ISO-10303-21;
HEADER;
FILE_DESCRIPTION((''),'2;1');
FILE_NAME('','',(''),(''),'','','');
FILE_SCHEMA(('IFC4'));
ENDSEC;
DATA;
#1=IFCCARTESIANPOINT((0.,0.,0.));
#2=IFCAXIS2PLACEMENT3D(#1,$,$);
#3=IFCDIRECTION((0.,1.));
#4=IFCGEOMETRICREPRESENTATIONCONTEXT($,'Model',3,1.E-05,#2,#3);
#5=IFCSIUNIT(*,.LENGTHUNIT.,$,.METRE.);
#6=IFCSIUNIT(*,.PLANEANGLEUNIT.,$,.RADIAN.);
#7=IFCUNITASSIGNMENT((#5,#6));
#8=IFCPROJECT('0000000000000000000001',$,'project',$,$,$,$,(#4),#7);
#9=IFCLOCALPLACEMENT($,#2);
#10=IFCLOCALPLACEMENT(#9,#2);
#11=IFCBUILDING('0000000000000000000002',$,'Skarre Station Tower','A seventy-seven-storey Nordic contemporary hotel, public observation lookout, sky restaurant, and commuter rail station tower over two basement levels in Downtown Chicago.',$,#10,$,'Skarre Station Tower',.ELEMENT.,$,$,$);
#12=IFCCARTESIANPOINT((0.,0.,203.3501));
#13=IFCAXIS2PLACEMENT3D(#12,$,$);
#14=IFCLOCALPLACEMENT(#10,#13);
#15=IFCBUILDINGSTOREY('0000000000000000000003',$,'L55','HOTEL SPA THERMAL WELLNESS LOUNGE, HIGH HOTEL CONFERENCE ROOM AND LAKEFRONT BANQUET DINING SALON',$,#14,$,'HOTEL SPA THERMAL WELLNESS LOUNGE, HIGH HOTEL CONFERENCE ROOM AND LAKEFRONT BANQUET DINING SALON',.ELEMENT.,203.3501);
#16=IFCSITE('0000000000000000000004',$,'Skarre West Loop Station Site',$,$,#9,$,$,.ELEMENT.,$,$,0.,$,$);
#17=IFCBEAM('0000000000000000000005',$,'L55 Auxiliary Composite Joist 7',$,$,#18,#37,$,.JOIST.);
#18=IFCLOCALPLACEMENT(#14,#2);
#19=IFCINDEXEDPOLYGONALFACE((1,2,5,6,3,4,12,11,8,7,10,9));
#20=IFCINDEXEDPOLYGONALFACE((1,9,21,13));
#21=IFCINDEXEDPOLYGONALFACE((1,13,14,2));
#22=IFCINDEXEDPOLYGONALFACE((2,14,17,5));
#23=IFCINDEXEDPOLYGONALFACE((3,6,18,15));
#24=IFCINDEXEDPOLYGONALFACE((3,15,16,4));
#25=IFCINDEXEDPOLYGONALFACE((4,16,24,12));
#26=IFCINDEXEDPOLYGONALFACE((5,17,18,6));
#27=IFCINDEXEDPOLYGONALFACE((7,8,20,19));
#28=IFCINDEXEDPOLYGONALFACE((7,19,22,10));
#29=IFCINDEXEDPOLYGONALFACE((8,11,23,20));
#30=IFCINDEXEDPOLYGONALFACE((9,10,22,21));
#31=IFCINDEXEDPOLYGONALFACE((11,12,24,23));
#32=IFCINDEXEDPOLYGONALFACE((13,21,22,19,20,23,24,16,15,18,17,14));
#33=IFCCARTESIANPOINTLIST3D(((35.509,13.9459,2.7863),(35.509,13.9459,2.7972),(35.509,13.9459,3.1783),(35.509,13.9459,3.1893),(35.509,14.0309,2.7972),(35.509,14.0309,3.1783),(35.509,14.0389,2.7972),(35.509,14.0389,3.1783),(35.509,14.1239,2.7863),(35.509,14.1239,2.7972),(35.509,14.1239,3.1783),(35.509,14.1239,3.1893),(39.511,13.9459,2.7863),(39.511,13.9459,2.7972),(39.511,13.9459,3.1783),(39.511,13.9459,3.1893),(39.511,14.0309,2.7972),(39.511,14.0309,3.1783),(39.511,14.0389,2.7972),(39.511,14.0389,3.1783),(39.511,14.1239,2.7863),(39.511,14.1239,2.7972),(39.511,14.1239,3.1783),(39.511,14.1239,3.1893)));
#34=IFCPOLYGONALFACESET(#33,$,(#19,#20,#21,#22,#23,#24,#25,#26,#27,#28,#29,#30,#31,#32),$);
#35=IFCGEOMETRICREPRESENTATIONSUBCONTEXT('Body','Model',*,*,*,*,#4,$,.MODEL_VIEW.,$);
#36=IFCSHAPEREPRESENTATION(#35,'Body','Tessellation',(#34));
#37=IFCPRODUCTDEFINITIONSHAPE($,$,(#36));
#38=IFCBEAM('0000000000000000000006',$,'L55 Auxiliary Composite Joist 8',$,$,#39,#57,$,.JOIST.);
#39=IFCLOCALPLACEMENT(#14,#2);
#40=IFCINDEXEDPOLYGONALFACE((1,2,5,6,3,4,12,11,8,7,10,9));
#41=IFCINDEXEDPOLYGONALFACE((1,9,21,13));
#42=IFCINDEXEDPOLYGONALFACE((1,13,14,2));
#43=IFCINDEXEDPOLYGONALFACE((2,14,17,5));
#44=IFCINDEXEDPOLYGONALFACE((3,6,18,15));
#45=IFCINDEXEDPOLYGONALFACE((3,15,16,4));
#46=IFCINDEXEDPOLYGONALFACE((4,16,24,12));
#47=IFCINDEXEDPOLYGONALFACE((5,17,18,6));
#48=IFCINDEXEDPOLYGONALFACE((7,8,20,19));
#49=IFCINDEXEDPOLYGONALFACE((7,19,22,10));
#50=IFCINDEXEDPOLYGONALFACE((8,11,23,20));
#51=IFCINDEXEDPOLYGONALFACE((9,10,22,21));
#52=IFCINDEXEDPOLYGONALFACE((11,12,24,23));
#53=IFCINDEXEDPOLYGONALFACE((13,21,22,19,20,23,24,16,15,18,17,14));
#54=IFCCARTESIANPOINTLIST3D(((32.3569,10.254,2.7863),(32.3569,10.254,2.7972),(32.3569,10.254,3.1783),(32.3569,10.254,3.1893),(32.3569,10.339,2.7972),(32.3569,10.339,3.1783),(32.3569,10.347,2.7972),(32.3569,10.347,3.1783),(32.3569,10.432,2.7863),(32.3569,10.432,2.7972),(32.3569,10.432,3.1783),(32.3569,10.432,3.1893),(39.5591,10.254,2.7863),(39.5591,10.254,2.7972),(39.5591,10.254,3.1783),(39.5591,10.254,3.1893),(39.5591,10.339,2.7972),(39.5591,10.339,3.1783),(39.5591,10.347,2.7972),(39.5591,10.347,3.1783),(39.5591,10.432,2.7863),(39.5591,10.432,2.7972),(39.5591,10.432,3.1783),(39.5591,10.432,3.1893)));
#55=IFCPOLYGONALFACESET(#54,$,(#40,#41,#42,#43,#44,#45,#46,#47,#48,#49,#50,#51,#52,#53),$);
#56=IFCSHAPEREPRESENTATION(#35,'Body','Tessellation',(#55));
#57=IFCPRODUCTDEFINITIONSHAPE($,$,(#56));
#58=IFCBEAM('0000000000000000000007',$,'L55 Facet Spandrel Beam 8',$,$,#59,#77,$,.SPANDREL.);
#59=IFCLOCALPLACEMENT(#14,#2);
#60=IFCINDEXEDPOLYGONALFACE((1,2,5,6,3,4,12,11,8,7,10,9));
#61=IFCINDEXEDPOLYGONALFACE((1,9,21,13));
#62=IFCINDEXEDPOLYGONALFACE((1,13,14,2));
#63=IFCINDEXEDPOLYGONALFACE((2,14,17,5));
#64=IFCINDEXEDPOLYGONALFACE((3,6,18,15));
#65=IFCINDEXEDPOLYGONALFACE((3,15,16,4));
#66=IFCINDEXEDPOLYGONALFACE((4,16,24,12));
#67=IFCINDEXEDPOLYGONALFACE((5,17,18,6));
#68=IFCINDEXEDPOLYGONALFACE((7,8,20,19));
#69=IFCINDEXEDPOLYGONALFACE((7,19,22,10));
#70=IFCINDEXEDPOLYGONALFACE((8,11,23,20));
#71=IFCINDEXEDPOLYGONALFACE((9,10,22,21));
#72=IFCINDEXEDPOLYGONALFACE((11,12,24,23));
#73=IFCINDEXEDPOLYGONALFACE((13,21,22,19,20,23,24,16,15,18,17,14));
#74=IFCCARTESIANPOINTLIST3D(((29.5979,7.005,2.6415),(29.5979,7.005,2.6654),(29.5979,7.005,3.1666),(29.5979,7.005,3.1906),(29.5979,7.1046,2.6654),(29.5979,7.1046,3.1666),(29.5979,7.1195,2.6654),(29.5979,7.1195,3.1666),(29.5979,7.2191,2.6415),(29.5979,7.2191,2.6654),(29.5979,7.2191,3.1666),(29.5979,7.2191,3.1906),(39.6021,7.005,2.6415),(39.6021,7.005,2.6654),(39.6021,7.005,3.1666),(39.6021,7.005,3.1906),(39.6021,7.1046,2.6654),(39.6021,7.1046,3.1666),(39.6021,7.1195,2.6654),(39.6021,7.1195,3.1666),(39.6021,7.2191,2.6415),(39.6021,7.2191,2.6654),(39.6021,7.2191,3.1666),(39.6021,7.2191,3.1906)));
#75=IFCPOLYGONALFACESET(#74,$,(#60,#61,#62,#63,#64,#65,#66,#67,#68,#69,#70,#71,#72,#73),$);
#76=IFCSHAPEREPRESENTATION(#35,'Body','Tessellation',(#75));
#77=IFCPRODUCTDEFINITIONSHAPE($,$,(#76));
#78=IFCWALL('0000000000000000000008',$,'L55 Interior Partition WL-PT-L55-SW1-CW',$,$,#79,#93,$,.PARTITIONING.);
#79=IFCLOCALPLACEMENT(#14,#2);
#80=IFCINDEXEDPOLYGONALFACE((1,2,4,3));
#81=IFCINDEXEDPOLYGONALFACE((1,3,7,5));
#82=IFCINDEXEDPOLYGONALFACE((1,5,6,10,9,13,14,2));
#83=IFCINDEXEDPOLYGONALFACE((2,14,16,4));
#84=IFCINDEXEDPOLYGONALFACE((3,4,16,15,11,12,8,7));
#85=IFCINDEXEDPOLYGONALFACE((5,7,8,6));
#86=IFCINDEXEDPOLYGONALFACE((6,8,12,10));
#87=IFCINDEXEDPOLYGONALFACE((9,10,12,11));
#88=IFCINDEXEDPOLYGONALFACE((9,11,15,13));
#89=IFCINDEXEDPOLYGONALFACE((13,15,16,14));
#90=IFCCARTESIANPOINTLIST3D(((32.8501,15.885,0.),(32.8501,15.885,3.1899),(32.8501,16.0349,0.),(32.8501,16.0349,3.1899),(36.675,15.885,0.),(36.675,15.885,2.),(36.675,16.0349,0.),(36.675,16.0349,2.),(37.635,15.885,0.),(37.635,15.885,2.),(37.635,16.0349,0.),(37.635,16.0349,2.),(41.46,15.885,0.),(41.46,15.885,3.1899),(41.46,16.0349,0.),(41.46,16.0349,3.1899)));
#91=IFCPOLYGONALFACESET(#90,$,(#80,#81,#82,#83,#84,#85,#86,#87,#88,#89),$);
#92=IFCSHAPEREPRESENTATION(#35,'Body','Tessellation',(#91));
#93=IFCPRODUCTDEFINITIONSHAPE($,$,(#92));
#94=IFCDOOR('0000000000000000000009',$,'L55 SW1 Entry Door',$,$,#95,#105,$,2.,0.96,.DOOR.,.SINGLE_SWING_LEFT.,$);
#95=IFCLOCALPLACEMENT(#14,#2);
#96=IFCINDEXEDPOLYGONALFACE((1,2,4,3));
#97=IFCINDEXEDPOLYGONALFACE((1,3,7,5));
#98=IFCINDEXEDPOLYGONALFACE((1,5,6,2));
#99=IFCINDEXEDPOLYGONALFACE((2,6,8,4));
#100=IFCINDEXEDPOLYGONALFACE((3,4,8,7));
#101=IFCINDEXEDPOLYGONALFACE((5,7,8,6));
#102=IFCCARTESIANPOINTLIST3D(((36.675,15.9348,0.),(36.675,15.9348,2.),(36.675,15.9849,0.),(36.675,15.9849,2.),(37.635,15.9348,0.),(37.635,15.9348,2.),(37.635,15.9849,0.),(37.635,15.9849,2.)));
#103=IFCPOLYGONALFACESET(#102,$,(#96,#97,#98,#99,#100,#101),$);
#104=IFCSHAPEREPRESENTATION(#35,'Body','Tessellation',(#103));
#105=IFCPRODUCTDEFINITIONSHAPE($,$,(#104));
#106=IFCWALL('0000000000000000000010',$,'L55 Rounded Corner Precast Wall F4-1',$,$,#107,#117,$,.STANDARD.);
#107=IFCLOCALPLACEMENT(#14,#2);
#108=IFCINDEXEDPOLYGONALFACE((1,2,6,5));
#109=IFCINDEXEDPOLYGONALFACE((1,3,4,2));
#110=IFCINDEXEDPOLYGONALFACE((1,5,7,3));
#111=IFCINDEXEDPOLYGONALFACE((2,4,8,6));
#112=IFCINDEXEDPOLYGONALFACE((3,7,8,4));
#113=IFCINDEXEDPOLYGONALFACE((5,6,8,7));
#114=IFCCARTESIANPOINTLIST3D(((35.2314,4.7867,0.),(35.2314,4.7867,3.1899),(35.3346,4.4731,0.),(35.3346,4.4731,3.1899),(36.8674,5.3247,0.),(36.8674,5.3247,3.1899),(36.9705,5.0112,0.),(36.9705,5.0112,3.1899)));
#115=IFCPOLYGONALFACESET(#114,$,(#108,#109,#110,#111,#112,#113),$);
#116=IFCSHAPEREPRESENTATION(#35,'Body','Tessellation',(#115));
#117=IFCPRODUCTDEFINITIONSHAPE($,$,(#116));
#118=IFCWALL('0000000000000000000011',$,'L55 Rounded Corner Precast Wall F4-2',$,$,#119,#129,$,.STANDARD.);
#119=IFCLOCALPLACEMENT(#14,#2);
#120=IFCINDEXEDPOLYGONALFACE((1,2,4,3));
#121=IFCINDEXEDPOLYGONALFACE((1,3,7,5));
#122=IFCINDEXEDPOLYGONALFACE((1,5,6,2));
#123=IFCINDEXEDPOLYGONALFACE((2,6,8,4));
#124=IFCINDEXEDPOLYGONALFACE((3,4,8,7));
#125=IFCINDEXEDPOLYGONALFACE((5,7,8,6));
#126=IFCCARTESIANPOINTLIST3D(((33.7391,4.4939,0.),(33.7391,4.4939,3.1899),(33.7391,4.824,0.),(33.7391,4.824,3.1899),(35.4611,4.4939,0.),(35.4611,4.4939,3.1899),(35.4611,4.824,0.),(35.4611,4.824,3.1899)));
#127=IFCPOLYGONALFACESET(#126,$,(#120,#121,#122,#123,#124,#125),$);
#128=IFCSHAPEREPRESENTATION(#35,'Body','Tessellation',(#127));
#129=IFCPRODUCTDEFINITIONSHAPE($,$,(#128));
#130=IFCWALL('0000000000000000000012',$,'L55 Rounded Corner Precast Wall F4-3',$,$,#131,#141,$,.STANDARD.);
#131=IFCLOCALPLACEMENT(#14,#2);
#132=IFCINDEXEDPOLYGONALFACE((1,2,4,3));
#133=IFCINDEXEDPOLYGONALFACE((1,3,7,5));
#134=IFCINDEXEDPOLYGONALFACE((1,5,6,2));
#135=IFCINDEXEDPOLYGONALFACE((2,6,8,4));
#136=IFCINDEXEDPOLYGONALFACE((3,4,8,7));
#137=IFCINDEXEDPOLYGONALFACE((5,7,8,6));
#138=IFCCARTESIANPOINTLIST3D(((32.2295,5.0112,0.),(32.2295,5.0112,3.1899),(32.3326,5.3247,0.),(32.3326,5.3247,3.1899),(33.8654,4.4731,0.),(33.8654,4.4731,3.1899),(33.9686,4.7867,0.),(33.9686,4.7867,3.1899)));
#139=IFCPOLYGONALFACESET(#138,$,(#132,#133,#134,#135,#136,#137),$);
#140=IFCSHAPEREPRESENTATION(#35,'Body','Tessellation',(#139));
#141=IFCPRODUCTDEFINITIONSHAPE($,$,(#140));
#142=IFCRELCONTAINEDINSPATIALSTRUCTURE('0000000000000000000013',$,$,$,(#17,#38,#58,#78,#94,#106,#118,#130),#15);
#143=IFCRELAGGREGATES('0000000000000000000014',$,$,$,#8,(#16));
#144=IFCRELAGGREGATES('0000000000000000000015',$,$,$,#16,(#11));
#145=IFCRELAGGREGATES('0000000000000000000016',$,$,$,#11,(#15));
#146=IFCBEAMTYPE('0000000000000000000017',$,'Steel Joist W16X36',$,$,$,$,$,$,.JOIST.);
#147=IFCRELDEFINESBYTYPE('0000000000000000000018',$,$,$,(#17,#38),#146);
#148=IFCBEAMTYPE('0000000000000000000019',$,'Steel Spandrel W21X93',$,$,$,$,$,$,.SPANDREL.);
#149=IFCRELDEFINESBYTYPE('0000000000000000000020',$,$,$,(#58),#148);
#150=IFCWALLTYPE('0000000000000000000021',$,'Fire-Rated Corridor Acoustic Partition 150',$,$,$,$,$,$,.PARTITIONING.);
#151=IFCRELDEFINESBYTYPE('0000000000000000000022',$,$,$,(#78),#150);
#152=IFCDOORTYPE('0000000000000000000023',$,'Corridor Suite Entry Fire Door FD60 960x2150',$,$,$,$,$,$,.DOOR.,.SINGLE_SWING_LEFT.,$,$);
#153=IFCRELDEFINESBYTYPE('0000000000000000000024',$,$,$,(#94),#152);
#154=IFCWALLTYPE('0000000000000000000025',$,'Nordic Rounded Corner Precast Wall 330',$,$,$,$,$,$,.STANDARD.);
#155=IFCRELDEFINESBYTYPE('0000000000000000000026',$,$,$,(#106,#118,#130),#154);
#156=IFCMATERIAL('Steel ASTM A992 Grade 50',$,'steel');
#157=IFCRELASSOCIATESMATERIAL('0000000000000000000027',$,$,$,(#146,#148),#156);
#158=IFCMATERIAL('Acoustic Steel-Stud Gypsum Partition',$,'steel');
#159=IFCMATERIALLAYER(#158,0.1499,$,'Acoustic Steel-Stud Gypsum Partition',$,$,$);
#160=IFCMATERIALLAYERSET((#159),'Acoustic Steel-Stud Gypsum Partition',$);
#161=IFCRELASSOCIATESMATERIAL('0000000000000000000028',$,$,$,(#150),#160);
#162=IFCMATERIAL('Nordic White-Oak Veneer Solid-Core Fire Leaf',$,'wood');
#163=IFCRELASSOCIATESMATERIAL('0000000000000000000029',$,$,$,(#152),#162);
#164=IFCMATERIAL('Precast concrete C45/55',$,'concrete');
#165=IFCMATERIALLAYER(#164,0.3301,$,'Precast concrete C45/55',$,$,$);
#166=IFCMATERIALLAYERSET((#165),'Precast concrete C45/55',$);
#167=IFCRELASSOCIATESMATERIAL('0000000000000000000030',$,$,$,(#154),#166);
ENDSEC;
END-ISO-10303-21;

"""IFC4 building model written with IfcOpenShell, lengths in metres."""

from ifc_helpers import new_model, si_unit, direction, frame, frame_2d, origin, origin_2d, place, context, subcontext, project, spatial, rectangle, i_section, extrude, material, layer, layer_set, material_profile, profile_set, type_object, element, fill, save


model = new_model("IFC4")

# Units and contexts
model_context = context("Model", 3, precision=1e-05, world=origin(), true_north=direction((0.0, 1.0)))
body_context = subcontext(model_context, "Body", "Model", "MODEL_VIEW")
ifc_project = project(units=[si_unit("LENGTHUNIT", "METRE"), si_unit("PLANEANGLEUNIT", "RADIAN")], contexts=[model_context])

# Site, building, storey
site_placement = place(None, origin())
site = spatial("IfcSite", under=ifc_project, at=site_placement, Name="Skarre West Loop Station Site", CompositionType="ELEMENT", RefElevation=0.0)
building_placement = place(site_placement, origin())
building = spatial("IfcBuilding", under=site, at=building_placement, Name="Skarre Station Tower", Description="A seventy-seven-storey Nordic contemporary hotel, public observation lookout, sky restaurant, and commuter rail station tower over two basement levels in Downtown Chicago.", LongName="Skarre Station Tower", CompositionType="ELEMENT")
storey_placement = place(building_placement, frame((0.0, 0.0, 203.3501)))
storey = spatial("IfcBuildingStorey", under=building, at=storey_placement, Name="L55", Description="HOTEL SPA THERMAL WELLNESS LOUNGE, HIGH HOTEL CONFERENCE ROOM AND LAKEFRONT BANQUET DINING SALON", LongName="HOTEL SPA THERMAL WELLNESS LOUNGE, HIGH HOTEL CONFERENCE ROOM AND LAKEFRONT BANQUET DINING SALON", CompositionType="ELEMENT", Elevation=203.3501)

# Beams
ifc_material_1 = material(Name="Steel ASTM A992 Grade 50", Category="steel")
ifc_material_profile_1 = material_profile(ifc_material_1, i_section(OverallWidth=0.178, OverallDepth=0.4031, WebThickness=0.0081, FlangeThickness=0.011, at=origin_2d()), Name="Steel ASTM A992 Grade 50")
ifc_profile_set_1 = profile_set([ifc_material_profile_1], Name="Steel ASTM A992 Grade 50")
beam_type_1 = type_object("IfcBeamType", Name="Steel Joist W16X36", PredefinedType="JOIST", material=ifc_profile_set_1)
beam_1_placement = place(storey_placement, frame((35.509, 14.0349, 2.9878), z_axis=(1.0, 0.0, 0.0), x_axis=(0.0, 1.0, 0.0)))
element("IfcBeam", 1, at=beam_1_placement, inside=storey, type_object=beam_type_1, Name="L55 Auxiliary Composite Joist 7", PredefinedType="JOIST", context=body_context, shape_type="SweptSolid", body=[
    extrude(i_section(OverallWidth=0.178, OverallDepth=0.4031, WebThickness=0.0081, FlangeThickness=0.011, at=origin_2d()), origin(), (0.0, 0.0, 1.0), 4.002),
])
beam_2_placement = place(storey_placement, frame((32.3569, 10.343, 2.9878), z_axis=(1.0, 0.0, 0.0), x_axis=(0.0, 1.0, 0.0)))
element("IfcBeam", 2, at=beam_2_placement, inside=storey, type_object=beam_type_1, Name="L55 Auxiliary Composite Joist 8", PredefinedType="JOIST", context=body_context, shape_type="SweptSolid", body=[
    extrude(i_section(OverallWidth=0.178, OverallDepth=0.4031, WebThickness=0.0081, FlangeThickness=0.011, at=origin_2d()), origin(), (0.0, 0.0, 1.0), 7.2021),
])
ifc_material_profile_2 = material_profile(ifc_material_1, i_section(OverallWidth=0.2141, OverallDepth=0.5491, WebThickness=0.0149, FlangeThickness=0.0239, at=origin_2d()), Name="Steel ASTM A992 Grade 50")
ifc_profile_set_2 = profile_set([ifc_material_profile_2], Name="Steel ASTM A992 Grade 50")
beam_type_2 = type_object("IfcBeamType", Name="Steel Spandrel W21X93", PredefinedType="SPANDREL", material=ifc_profile_set_2)
beam_3_placement = place(storey_placement, frame((29.5979, 7.1121, 2.916), z_axis=(1.0, 0.0, 0.0), x_axis=(0.0, 1.0, 0.0)))
element("IfcBeam", 3, at=beam_3_placement, inside=storey, type_object=beam_type_2, Name="L55 Facet Spandrel Beam 8", PredefinedType="SPANDREL", context=body_context, shape_type="SweptSolid", body=[
    extrude(i_section(OverallWidth=0.2141, OverallDepth=0.5491, WebThickness=0.0149, FlangeThickness=0.0239, at=origin_2d()), origin(), (0.0, 0.0, 1.0), 10.0042),
])

# Wall, opening, door
ifc_material_2 = material(Name="Acoustic Steel-Stud Gypsum Partition", Category="steel")
ifc_layer_1 = layer(ifc_material_2, 0.1499, Name="Acoustic Steel-Stud Gypsum Partition")
ifc_layer_set_1 = layer_set([ifc_layer_1], Name="Acoustic Steel-Stud Gypsum Partition")
wall_type_1 = type_object("IfcWallType", Name="Fire-Rated Corridor Acoustic Partition 150", PredefinedType="PARTITIONING", material=ifc_layer_set_1)
wall_1_placement = place(storey_placement, frame((32.8501, 15.96, 0.0), z_axis=(0.0, 0.0, 1.0), x_axis=(1.0, 0.0, 0.0)))
wall_1 = element("IfcWall", 4, at=wall_1_placement, inside=storey, type_object=wall_type_1, Name="L55 Interior Partition WL-PT-L55-SW1-CW", PredefinedType="PARTITIONING", context=body_context, shape_type="SweptSolid", body=[
    extrude(rectangle(XDim=8.6099, YDim=0.1499, at=frame_2d((4.3049, 0.0))), origin(), (0.0, 0.0, 1.0), 3.1899),
])
opening_1_placement = place(wall_1_placement, frame((3.825, 0.0, 0.0)))
opening_1 = element("IfcOpeningElement", 5, at=opening_1_placement, cuts=wall_1, PredefinedType="OPENING", context=body_context, shape_type="SweptSolid", body=[
    extrude(rectangle(XDim=0.96, YDim=2.0, at=frame_2d((0.48, 1.0))), frame((0.0, 0.085, 0.0), z_axis=(0.0, -1.0, 0.0), x_axis=(1.0, 0.0, 0.0)), (0.0, 0.0, 1.0), 0.1699),
])
ifc_material_3 = material(Name="Nordic White-Oak Veneer Solid-Core Fire Leaf", Category="wood")
door_type_1 = type_object("IfcDoorType", Name="Corridor Suite Entry Fire Door FD60 960x2150", OperationType="SINGLE_SWING_LEFT", PredefinedType="DOOR", material=ifc_material_3)
door_1_placement = place(opening_1_placement, origin())
door_1 = element("IfcDoor", 6, at=door_1_placement, inside=storey, type_object=door_type_1, Name="L55 SW1 Entry Door", OperationType="SINGLE_SWING_LEFT", OverallHeight=2.0, OverallWidth=0.96, PredefinedType="DOOR", context=body_context, shape_type="SweptSolid", body=[
    extrude(rectangle(XDim=0.96, YDim=2.0, at=frame_2d((0.48, 1.0))), frame((0.0, 0.0249, 0.0), z_axis=(0.0, -1.0, 0.0), x_axis=(1.0, 0.0, 0.0)), (0.0, 0.0, 1.0), 0.05),
])
fill(opening_1, door_1)

# Walls
ifc_material_4 = material(Name="Precast concrete C45/55", Category="concrete")
ifc_layer_2 = layer(ifc_material_4, 0.3301, Name="Precast concrete C45/55")
ifc_layer_set_2 = layer_set([ifc_layer_2], Name="Precast concrete C45/55")
wall_type_2 = type_object("IfcWallType", Name="Nordic Rounded Corner Precast Wall 330", PredefinedType="STANDARD", material=ifc_layer_set_2)
wall_2_placement = place(storey_placement, frame((36.9189, 5.168, 0.0), z_axis=(0.0, 0.0, 1.0), x_axis=(-0.949937, -0.31244, 0.0)))
element("IfcWall", 7, at=wall_2_placement, inside=storey, type_object=wall_type_2, Name="L55 Rounded Corner Precast Wall F4-1", PredefinedType="STANDARD", context=body_context, shape_type="SweptSolid", body=[
    extrude(rectangle(XDim=1.7222, YDim=0.3301, at=frame_2d((0.8611, 0.0))), origin(), (0.0, 0.0, 1.0), 3.1899),
])
wall_3_placement = place(storey_placement, frame((35.4609, 4.6589, 0.0), z_axis=(0.0, 0.0, 1.0), x_axis=(-1.0, 0.0, 0.0)))
element("IfcWall", 8, at=wall_3_placement, inside=storey, type_object=wall_type_2, Name="L55 Rounded Corner Precast Wall F4-2", PredefinedType="STANDARD", context=body_context, shape_type="SweptSolid", body=[
    extrude(rectangle(XDim=1.7219, YDim=0.3301, at=frame_2d((0.8608, 0.0))), origin(), (0.0, 0.0, 1.0), 3.1899),
])
wall_4_placement = place(storey_placement, frame((33.917, 4.6299, 0.0), z_axis=(0.0, 0.0, 1.0), x_axis=(-0.949937, 0.31244, 0.0)))
element("IfcWall", 9, at=wall_4_placement, inside=storey, type_object=wall_type_2, Name="L55 Rounded Corner Precast Wall F4-3", PredefinedType="STANDARD", context=body_context, shape_type="SweptSolid", body=[
    extrude(rectangle(XDim=1.7222, YDim=0.3301, at=frame_2d((0.8611, 0.0))), origin(), (0.0, 0.0, 1.0), 3.1899),
])

save(model, "model.ifc")
